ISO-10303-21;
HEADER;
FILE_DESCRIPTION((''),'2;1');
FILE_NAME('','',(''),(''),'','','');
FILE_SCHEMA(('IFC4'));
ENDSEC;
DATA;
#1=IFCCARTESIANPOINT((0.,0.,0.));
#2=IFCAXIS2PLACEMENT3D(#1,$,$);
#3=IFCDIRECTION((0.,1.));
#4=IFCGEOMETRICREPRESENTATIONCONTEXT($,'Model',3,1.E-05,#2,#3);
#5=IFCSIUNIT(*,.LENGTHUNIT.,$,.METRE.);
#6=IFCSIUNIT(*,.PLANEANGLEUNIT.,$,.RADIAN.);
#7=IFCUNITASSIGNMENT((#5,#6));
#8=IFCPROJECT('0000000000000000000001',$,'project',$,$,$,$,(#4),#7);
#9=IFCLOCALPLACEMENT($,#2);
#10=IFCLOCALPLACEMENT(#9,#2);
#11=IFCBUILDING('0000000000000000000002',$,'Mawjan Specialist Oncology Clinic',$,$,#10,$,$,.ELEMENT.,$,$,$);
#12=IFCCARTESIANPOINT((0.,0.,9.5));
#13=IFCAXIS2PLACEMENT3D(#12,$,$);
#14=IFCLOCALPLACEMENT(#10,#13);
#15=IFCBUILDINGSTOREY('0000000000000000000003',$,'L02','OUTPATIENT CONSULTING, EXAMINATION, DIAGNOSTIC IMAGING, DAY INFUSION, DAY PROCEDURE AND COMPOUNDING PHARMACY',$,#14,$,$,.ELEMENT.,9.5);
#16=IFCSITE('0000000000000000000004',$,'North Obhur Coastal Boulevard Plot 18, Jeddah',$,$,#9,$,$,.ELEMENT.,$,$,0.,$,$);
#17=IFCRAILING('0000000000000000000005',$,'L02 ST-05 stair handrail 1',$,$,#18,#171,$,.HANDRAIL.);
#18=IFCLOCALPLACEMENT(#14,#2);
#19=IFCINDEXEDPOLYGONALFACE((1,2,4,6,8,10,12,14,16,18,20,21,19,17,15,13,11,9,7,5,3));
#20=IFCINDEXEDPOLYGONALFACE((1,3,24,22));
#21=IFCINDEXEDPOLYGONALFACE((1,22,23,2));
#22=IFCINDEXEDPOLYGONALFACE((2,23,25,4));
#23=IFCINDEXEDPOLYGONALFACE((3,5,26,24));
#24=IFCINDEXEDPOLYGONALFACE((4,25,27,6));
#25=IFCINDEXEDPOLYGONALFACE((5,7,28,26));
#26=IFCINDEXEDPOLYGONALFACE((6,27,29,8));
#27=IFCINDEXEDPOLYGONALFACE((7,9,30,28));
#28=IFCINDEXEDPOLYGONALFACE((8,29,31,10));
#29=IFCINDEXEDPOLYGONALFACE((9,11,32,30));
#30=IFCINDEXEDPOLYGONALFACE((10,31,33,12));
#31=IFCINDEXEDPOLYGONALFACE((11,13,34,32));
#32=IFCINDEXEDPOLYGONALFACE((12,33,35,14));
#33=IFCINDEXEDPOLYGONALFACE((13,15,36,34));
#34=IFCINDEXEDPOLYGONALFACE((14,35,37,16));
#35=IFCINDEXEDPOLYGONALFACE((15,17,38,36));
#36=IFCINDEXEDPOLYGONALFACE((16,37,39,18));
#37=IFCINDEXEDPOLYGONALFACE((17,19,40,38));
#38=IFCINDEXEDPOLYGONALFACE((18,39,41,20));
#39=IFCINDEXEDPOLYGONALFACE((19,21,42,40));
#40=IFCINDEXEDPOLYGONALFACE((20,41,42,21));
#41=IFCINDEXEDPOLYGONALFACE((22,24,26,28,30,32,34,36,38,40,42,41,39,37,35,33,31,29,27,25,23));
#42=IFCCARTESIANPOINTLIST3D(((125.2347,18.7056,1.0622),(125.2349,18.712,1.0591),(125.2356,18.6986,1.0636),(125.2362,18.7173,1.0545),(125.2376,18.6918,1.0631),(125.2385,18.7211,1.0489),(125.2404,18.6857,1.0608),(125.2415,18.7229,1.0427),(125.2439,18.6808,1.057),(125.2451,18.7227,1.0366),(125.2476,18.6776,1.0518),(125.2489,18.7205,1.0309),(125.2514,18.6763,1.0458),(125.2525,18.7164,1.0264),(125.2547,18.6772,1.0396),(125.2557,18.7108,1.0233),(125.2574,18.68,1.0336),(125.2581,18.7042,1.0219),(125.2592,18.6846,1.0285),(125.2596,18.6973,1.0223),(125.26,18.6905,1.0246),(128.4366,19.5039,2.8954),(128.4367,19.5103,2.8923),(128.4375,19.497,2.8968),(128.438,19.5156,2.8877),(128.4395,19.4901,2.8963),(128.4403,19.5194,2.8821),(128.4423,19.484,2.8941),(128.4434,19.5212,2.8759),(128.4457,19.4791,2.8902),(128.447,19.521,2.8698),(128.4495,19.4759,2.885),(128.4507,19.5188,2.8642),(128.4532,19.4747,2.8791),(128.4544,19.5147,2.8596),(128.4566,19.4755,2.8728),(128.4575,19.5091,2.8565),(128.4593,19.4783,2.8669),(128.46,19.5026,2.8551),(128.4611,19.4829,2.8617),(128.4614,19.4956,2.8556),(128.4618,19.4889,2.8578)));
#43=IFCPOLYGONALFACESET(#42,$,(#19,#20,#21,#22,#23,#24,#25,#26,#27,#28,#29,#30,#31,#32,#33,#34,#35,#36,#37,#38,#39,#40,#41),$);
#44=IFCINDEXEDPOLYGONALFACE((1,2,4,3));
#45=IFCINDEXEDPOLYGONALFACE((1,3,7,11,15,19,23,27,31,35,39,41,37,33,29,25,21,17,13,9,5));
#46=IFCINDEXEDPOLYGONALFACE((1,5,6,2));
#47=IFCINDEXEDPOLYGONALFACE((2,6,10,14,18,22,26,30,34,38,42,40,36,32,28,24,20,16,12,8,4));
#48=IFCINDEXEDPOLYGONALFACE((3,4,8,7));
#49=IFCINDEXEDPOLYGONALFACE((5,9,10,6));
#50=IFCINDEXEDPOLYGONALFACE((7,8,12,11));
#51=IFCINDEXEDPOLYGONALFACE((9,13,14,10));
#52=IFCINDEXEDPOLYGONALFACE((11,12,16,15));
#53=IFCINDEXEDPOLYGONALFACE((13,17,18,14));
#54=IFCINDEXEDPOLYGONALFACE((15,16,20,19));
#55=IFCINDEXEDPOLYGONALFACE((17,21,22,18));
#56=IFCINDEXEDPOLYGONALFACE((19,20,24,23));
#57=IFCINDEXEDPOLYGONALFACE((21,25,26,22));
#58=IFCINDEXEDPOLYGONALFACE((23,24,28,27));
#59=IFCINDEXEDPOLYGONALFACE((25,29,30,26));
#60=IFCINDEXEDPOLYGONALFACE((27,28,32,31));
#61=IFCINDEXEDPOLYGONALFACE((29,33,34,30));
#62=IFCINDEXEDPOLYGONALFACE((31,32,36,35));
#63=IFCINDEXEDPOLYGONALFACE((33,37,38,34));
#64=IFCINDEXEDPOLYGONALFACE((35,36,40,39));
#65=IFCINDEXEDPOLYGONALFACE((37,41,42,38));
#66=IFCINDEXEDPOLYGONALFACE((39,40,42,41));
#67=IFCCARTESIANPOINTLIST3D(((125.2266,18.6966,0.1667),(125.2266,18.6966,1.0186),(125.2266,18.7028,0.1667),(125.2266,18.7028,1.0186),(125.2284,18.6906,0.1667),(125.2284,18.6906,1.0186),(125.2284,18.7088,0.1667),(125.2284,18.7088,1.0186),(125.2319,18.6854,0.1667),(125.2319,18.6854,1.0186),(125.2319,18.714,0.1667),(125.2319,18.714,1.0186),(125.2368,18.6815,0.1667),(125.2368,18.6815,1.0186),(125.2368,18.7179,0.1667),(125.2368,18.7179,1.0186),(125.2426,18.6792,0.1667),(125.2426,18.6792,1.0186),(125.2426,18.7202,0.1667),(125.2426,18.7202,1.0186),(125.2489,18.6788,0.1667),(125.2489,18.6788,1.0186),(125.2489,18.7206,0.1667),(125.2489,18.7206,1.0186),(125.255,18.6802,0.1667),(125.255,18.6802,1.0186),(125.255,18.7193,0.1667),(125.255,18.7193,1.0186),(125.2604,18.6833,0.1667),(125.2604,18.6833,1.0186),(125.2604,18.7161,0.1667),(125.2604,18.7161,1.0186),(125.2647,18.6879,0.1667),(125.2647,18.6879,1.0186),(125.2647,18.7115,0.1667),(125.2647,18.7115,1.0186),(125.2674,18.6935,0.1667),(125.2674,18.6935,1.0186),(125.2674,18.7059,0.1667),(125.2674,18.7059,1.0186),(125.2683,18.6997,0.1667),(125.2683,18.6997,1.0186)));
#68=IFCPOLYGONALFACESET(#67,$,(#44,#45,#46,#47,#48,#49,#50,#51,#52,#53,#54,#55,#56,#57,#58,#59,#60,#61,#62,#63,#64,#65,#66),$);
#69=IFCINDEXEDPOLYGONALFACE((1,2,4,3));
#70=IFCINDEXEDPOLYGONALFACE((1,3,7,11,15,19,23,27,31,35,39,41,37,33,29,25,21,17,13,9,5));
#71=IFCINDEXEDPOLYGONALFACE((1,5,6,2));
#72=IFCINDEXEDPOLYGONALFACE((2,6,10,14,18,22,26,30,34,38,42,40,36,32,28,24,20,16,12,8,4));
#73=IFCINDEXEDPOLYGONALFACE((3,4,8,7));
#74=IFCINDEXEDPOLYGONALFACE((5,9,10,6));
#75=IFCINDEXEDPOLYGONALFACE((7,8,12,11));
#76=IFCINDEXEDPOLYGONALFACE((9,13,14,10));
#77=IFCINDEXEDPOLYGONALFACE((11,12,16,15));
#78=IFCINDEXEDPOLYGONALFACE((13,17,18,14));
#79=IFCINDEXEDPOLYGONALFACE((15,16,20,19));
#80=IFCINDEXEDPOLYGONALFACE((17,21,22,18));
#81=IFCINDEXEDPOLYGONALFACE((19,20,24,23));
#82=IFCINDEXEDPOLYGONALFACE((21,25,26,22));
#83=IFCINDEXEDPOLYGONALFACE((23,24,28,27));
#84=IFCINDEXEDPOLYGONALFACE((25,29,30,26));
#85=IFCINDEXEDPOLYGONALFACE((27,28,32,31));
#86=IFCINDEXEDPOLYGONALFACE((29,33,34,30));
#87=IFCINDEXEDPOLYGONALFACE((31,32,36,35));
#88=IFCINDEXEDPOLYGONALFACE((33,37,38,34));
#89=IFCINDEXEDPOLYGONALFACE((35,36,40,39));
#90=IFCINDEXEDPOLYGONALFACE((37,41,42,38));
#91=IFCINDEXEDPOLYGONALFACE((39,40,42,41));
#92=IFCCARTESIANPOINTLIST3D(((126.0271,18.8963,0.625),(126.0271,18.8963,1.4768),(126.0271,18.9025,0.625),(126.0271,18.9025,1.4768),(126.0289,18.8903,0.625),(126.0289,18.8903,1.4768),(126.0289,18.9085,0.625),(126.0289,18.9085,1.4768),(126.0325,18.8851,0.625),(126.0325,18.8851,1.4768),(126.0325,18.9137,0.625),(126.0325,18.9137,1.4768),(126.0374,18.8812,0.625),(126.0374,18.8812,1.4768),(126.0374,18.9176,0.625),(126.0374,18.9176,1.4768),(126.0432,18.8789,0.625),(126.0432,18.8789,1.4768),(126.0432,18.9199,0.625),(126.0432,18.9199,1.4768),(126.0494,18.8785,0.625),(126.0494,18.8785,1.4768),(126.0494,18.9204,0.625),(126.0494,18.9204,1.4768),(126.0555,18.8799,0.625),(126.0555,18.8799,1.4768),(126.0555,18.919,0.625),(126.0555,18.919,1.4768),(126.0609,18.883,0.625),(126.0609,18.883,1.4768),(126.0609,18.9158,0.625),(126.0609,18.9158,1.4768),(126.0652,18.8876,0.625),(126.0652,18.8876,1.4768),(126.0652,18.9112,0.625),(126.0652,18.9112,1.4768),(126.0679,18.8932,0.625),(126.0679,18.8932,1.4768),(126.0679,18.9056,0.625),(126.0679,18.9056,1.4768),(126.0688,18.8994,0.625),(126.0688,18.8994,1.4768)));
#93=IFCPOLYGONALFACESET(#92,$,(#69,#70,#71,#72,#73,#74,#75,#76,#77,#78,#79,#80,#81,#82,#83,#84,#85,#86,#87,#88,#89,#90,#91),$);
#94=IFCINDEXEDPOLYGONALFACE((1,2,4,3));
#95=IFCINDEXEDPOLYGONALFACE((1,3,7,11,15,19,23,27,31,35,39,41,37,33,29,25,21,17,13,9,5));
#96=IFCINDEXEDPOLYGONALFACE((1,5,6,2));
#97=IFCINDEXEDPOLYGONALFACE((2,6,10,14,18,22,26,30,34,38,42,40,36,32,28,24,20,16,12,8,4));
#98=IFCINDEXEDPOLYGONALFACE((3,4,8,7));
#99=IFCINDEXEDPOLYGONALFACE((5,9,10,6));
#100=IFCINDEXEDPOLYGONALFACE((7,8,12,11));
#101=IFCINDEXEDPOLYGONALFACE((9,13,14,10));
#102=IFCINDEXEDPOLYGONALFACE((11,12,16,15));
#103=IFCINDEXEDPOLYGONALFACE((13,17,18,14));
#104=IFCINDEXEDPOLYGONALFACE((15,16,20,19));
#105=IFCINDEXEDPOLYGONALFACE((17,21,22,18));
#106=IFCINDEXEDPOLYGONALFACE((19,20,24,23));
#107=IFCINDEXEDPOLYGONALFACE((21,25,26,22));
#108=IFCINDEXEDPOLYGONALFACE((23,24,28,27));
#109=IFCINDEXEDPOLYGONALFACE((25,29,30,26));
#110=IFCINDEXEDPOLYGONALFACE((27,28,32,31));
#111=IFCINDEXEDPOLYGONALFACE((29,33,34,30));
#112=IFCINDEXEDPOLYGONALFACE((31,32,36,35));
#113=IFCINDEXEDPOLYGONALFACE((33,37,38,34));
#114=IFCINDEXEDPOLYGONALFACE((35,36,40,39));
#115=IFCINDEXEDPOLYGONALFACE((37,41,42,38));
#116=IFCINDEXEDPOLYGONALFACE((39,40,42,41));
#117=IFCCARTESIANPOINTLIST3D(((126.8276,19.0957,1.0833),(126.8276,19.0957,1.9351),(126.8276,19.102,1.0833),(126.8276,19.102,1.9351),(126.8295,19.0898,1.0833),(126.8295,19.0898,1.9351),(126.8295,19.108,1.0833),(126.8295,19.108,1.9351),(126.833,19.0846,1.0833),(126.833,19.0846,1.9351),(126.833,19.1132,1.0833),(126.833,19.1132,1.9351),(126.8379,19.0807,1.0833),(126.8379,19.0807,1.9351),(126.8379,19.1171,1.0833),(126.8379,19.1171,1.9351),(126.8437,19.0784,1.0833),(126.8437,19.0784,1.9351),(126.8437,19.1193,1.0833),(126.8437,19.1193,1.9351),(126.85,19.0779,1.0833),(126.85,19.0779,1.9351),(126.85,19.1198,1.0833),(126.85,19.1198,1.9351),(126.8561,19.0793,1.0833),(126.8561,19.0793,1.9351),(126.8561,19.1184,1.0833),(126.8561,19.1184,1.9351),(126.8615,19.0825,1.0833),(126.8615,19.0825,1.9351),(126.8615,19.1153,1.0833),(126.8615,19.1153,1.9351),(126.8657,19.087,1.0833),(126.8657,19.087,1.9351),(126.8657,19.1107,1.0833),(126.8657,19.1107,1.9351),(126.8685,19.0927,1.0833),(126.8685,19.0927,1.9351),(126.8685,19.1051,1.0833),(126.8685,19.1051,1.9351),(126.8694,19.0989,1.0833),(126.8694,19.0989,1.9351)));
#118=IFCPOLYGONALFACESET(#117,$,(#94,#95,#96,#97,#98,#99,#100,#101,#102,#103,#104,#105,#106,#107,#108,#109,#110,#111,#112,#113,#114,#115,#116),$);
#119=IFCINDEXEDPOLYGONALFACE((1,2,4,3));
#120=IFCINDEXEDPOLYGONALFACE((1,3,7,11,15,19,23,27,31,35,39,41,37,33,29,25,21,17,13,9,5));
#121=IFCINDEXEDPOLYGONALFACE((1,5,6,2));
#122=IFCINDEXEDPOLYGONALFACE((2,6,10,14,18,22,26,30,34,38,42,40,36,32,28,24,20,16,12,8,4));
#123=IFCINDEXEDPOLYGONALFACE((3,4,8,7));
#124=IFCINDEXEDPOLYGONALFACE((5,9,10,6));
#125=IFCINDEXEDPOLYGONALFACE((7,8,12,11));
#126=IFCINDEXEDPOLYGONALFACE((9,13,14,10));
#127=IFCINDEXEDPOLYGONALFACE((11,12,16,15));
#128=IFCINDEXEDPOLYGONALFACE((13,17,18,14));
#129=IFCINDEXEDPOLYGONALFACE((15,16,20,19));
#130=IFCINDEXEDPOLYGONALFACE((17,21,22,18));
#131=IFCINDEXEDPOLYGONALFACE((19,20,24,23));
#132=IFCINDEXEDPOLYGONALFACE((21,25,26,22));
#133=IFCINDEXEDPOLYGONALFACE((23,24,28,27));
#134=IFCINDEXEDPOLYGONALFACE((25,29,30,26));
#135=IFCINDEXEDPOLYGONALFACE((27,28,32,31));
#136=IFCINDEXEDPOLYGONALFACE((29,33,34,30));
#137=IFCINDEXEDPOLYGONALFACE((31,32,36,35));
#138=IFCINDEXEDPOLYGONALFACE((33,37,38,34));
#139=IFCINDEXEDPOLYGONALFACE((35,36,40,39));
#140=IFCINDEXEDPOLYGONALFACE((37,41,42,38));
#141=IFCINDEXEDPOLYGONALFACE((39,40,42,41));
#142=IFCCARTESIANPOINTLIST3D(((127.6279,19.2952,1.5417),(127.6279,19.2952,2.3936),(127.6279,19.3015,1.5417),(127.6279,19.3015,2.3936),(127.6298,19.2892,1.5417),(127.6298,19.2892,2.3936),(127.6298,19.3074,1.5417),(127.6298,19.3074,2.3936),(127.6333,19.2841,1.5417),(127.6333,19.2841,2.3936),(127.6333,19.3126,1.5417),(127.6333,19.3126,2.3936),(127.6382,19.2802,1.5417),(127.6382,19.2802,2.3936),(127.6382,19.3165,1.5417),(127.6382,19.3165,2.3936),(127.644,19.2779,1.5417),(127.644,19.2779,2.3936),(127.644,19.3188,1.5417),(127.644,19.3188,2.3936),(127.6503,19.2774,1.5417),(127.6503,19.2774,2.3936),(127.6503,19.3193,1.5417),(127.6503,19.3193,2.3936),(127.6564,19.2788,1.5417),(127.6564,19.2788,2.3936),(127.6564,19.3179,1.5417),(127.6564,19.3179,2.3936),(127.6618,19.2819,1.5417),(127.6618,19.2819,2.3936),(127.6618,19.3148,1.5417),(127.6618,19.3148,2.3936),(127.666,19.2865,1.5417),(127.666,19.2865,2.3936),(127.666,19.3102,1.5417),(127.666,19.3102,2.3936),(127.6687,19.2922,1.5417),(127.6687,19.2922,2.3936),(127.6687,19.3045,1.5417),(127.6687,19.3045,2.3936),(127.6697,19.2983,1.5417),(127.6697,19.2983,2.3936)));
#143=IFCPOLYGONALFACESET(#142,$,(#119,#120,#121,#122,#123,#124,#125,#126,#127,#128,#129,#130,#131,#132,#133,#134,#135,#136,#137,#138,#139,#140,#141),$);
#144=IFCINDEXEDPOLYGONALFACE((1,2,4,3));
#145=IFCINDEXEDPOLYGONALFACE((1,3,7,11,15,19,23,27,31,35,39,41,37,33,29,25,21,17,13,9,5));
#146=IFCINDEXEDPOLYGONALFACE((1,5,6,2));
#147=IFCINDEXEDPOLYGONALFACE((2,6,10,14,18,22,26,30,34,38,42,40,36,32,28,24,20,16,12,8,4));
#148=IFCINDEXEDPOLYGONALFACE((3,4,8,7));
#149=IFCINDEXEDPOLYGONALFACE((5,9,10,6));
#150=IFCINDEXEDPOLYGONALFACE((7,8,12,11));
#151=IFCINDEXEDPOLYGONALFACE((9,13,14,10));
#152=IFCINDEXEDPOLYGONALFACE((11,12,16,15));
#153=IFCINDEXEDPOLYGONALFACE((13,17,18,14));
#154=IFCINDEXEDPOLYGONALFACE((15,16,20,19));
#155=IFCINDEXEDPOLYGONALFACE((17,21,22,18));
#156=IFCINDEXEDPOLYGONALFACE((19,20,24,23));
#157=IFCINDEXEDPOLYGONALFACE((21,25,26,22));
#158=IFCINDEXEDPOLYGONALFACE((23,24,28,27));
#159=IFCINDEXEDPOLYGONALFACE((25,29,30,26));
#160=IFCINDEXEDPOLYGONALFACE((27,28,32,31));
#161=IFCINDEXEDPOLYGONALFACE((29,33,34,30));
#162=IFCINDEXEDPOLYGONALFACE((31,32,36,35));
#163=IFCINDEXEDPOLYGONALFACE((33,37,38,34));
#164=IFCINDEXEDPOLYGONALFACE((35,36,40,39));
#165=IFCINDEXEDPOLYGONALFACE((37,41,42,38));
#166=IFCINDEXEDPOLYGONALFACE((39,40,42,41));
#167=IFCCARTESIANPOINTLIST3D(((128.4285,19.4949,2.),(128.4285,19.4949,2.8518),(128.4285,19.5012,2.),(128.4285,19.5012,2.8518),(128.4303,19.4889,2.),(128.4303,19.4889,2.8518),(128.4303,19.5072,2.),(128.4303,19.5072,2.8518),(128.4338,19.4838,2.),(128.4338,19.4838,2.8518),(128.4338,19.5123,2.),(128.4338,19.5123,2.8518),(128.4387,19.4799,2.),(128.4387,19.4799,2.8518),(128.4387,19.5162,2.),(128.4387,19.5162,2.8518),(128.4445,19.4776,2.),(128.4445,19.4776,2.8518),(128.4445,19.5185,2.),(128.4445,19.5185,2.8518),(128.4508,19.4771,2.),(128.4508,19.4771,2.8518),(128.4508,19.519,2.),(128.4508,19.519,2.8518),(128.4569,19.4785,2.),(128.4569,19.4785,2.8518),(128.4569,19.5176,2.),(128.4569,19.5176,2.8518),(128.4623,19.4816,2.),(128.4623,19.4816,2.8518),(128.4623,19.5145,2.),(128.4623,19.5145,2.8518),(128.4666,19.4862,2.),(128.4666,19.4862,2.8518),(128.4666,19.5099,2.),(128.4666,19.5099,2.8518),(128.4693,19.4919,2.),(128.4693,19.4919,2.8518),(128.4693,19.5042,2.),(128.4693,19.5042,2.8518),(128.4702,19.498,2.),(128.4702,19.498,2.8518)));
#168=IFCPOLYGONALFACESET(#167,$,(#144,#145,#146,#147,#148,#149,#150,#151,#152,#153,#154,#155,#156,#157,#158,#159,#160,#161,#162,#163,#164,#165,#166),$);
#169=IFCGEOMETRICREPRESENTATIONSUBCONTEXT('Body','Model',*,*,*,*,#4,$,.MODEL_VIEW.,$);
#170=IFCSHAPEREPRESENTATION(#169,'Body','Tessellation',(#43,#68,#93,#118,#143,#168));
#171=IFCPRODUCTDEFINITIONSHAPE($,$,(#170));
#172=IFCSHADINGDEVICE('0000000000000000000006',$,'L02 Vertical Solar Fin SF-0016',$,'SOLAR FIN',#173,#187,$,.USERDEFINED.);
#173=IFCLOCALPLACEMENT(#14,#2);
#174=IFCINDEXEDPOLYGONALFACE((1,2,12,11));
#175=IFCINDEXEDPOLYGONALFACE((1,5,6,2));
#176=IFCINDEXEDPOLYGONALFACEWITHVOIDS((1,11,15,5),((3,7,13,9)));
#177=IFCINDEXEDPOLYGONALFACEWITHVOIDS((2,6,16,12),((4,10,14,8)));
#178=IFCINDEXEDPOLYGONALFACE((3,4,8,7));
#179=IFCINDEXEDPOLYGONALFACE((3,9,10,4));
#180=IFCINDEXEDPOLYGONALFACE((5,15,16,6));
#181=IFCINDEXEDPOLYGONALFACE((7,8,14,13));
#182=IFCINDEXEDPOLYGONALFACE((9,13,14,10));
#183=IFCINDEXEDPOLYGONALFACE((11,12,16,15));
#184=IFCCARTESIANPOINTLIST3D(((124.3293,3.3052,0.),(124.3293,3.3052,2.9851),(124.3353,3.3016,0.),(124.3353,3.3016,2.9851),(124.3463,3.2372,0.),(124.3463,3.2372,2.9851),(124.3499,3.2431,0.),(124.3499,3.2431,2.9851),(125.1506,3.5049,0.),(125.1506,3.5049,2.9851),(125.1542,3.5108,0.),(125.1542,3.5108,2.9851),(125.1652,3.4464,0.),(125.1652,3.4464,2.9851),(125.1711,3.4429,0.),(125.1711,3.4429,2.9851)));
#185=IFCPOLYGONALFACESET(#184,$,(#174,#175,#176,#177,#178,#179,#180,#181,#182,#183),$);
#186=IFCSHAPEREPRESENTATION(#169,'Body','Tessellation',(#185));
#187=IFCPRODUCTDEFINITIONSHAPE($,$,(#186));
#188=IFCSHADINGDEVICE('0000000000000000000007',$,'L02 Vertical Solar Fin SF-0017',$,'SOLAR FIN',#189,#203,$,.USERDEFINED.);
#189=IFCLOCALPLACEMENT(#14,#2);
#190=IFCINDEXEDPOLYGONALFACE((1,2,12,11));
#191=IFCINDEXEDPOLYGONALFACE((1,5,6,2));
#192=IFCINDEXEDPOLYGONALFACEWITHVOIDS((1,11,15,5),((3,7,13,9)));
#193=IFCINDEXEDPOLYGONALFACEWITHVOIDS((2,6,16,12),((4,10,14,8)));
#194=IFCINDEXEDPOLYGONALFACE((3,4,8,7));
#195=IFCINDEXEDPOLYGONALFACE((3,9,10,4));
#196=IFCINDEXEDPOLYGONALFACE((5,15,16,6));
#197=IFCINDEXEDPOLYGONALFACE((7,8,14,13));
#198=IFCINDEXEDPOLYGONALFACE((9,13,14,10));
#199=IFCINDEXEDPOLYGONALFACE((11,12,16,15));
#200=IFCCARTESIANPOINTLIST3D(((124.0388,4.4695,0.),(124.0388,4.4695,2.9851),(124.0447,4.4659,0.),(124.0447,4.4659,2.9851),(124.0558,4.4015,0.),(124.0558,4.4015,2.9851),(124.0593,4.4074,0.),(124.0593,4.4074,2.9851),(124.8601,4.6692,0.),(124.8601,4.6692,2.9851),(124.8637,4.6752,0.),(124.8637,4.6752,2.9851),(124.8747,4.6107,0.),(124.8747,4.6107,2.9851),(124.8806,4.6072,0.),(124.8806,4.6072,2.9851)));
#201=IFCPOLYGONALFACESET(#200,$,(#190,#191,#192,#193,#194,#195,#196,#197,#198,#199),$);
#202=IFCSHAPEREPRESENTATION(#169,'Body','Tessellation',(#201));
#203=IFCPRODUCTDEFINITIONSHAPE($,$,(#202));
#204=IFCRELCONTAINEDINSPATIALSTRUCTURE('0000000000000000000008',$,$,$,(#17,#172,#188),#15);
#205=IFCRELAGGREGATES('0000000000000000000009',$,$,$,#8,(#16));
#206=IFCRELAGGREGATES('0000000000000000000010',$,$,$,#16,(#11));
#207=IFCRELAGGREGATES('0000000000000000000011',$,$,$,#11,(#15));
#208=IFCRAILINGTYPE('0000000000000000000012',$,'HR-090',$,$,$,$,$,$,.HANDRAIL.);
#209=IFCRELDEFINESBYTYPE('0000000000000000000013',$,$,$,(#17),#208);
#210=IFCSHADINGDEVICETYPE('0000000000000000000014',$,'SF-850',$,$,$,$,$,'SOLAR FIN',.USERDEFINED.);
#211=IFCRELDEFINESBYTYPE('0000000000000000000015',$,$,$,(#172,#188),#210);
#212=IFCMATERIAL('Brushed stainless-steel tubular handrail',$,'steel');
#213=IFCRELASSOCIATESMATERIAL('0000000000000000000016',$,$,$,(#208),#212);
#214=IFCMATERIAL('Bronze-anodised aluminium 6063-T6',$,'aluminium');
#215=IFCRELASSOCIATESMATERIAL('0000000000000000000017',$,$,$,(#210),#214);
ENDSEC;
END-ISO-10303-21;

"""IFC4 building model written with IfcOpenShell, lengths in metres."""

from ifc_helpers import new_model, si_unit, direction, frame, origin, origin_2d, place, context, subcontext, project, spatial, hollow_rectangle, circle, extrude, material, material_profile, profile_set, type_object, element, save


model = new_model("IFC4")

# Units and contexts
model_context = context("Model", 3, precision=1e-05, world=origin(), true_north=direction((0.0, 1.0)))
body_context = subcontext(model_context, "Body", "Model", "MODEL_VIEW")
ifc_project = project(units=[si_unit("LENGTHUNIT", "METRE"), si_unit("PLANEANGLEUNIT", "RADIAN")], contexts=[model_context])

# Site, building, storey
site_placement = place(None, origin())
site = spatial("IfcSite", under=ifc_project, at=site_placement, Name="North Obhur Coastal Boulevard Plot 18, Jeddah", CompositionType="ELEMENT", RefElevation=0.0)
building_placement = place(site_placement, origin())
building = spatial("IfcBuilding", under=site, at=building_placement, Name="Mawjan Specialist Oncology Clinic", CompositionType="ELEMENT")
storey_placement = place(building_placement, frame((0.0, 0.0, 9.5)))
storey = spatial("IfcBuildingStorey", under=building, at=storey_placement, Name="L02", Description="OUTPATIENT CONSULTING, EXAMINATION, DIAGNOSTIC IMAGING, DAY INFUSION, DAY PROCEDURE AND COMPOUNDING PHARMACY", CompositionType="ELEMENT", Elevation=9.5)

# Railing
ifc_material_1 = material(Name="Brushed stainless-steel tubular handrail", Category="steel")
railing_type = type_object("IfcRailingType", Name="HR-090", PredefinedType="HANDRAIL", material=ifc_material_1)
railing_placement = place(storey_placement, frame((125.2473, 18.6997, 0.1667)))
element("IfcRailing", 1, at=railing_placement, inside=storey, type_object=railing_type, Name="L02 ST-05 stair handrail 1", PredefinedType="HANDRAIL", context=body_context, shape_type="SweptSolid", body=[
    extrude(circle(Radius=0.0239, at=origin_2d()), frame((0.0, 0.0, 0.876), z_axis=(0.848195, 0.211483, 0.485634), x_axis=(-0.241926, 0.970295, 0.0)), (0.0, 0.0, 1.0), 3.7749),
    extrude(circle(Radius=0.021, at=origin_2d()), origin(), (0.0, 0.0, 1.0), 0.8518),
    extrude(circle(Radius=0.021, at=origin_2d()), frame((0.8005, 0.1997, 0.4583)), (0.0, 0.0, 1.0), 0.8518),
    extrude(circle(Radius=0.021, at=origin_2d()), frame((1.6011, 0.3992, 0.9165)), (0.0, 0.0, 1.0), 0.8518),
    extrude(circle(Radius=0.021, at=origin_2d()), frame((2.4014, 0.5986, 1.375)), (0.0, 0.0, 1.0), 0.8518),
    extrude(circle(Radius=0.021, at=origin_2d()), frame((3.2019, 0.7983, 1.8333)), (0.0, 0.0, 1.0), 0.8518),
])

# Shading devices
ifc_material_2 = material(Name="Bronze-anodised aluminium 6063-T6", Category="aluminium")
ifc_material_profile_1 = material_profile(ifc_material_2, hollow_rectangle(XDim=0.0701, YDim=0.8501, WallThickness=0.0049, at=origin_2d()), Name="FIN 850x70x5", Category="aluminium")
ifc_profile_set_1 = profile_set([ifc_material_profile_1], Name="Bronze-anodised aluminium 6063-T6")
shading_device_type = type_object("IfcShadingDeviceType", Name="SF-850", ElementType="SOLAR FIN", PredefinedType="USERDEFINED", material=ifc_profile_set_1)
for number, where, z_axis, x_axis, name in (
    (2, (124.7502, 3.374, 0.0), (0.0, 0.0, 1.0), (-0.241922, 0.970296, 0.0), "L02 Vertical Solar Fin SF-0016"),
    (3, (124.4597, 4.5383, 0.0), (0.0, 0.0, 1.0), (-0.241922, 0.970296, 0.0), "L02 Vertical Solar Fin SF-0017"),
):
    element("IfcShadingDevice", number, at=place(storey_placement, frame(where, z_axis=z_axis, x_axis=x_axis)), inside=storey, type_object=shading_device_type, Name=name, ObjectType="SOLAR FIN", PredefinedType="USERDEFINED", context=body_context, shape_type="SweptSolid", body=[
        extrude(hollow_rectangle(XDim=0.0701, YDim=0.8501, WallThickness=0.0049, at=origin_2d()), origin(), (0.0, 0.0, 1.0), 2.9851),
    ])

save(model, "model.ifc")
